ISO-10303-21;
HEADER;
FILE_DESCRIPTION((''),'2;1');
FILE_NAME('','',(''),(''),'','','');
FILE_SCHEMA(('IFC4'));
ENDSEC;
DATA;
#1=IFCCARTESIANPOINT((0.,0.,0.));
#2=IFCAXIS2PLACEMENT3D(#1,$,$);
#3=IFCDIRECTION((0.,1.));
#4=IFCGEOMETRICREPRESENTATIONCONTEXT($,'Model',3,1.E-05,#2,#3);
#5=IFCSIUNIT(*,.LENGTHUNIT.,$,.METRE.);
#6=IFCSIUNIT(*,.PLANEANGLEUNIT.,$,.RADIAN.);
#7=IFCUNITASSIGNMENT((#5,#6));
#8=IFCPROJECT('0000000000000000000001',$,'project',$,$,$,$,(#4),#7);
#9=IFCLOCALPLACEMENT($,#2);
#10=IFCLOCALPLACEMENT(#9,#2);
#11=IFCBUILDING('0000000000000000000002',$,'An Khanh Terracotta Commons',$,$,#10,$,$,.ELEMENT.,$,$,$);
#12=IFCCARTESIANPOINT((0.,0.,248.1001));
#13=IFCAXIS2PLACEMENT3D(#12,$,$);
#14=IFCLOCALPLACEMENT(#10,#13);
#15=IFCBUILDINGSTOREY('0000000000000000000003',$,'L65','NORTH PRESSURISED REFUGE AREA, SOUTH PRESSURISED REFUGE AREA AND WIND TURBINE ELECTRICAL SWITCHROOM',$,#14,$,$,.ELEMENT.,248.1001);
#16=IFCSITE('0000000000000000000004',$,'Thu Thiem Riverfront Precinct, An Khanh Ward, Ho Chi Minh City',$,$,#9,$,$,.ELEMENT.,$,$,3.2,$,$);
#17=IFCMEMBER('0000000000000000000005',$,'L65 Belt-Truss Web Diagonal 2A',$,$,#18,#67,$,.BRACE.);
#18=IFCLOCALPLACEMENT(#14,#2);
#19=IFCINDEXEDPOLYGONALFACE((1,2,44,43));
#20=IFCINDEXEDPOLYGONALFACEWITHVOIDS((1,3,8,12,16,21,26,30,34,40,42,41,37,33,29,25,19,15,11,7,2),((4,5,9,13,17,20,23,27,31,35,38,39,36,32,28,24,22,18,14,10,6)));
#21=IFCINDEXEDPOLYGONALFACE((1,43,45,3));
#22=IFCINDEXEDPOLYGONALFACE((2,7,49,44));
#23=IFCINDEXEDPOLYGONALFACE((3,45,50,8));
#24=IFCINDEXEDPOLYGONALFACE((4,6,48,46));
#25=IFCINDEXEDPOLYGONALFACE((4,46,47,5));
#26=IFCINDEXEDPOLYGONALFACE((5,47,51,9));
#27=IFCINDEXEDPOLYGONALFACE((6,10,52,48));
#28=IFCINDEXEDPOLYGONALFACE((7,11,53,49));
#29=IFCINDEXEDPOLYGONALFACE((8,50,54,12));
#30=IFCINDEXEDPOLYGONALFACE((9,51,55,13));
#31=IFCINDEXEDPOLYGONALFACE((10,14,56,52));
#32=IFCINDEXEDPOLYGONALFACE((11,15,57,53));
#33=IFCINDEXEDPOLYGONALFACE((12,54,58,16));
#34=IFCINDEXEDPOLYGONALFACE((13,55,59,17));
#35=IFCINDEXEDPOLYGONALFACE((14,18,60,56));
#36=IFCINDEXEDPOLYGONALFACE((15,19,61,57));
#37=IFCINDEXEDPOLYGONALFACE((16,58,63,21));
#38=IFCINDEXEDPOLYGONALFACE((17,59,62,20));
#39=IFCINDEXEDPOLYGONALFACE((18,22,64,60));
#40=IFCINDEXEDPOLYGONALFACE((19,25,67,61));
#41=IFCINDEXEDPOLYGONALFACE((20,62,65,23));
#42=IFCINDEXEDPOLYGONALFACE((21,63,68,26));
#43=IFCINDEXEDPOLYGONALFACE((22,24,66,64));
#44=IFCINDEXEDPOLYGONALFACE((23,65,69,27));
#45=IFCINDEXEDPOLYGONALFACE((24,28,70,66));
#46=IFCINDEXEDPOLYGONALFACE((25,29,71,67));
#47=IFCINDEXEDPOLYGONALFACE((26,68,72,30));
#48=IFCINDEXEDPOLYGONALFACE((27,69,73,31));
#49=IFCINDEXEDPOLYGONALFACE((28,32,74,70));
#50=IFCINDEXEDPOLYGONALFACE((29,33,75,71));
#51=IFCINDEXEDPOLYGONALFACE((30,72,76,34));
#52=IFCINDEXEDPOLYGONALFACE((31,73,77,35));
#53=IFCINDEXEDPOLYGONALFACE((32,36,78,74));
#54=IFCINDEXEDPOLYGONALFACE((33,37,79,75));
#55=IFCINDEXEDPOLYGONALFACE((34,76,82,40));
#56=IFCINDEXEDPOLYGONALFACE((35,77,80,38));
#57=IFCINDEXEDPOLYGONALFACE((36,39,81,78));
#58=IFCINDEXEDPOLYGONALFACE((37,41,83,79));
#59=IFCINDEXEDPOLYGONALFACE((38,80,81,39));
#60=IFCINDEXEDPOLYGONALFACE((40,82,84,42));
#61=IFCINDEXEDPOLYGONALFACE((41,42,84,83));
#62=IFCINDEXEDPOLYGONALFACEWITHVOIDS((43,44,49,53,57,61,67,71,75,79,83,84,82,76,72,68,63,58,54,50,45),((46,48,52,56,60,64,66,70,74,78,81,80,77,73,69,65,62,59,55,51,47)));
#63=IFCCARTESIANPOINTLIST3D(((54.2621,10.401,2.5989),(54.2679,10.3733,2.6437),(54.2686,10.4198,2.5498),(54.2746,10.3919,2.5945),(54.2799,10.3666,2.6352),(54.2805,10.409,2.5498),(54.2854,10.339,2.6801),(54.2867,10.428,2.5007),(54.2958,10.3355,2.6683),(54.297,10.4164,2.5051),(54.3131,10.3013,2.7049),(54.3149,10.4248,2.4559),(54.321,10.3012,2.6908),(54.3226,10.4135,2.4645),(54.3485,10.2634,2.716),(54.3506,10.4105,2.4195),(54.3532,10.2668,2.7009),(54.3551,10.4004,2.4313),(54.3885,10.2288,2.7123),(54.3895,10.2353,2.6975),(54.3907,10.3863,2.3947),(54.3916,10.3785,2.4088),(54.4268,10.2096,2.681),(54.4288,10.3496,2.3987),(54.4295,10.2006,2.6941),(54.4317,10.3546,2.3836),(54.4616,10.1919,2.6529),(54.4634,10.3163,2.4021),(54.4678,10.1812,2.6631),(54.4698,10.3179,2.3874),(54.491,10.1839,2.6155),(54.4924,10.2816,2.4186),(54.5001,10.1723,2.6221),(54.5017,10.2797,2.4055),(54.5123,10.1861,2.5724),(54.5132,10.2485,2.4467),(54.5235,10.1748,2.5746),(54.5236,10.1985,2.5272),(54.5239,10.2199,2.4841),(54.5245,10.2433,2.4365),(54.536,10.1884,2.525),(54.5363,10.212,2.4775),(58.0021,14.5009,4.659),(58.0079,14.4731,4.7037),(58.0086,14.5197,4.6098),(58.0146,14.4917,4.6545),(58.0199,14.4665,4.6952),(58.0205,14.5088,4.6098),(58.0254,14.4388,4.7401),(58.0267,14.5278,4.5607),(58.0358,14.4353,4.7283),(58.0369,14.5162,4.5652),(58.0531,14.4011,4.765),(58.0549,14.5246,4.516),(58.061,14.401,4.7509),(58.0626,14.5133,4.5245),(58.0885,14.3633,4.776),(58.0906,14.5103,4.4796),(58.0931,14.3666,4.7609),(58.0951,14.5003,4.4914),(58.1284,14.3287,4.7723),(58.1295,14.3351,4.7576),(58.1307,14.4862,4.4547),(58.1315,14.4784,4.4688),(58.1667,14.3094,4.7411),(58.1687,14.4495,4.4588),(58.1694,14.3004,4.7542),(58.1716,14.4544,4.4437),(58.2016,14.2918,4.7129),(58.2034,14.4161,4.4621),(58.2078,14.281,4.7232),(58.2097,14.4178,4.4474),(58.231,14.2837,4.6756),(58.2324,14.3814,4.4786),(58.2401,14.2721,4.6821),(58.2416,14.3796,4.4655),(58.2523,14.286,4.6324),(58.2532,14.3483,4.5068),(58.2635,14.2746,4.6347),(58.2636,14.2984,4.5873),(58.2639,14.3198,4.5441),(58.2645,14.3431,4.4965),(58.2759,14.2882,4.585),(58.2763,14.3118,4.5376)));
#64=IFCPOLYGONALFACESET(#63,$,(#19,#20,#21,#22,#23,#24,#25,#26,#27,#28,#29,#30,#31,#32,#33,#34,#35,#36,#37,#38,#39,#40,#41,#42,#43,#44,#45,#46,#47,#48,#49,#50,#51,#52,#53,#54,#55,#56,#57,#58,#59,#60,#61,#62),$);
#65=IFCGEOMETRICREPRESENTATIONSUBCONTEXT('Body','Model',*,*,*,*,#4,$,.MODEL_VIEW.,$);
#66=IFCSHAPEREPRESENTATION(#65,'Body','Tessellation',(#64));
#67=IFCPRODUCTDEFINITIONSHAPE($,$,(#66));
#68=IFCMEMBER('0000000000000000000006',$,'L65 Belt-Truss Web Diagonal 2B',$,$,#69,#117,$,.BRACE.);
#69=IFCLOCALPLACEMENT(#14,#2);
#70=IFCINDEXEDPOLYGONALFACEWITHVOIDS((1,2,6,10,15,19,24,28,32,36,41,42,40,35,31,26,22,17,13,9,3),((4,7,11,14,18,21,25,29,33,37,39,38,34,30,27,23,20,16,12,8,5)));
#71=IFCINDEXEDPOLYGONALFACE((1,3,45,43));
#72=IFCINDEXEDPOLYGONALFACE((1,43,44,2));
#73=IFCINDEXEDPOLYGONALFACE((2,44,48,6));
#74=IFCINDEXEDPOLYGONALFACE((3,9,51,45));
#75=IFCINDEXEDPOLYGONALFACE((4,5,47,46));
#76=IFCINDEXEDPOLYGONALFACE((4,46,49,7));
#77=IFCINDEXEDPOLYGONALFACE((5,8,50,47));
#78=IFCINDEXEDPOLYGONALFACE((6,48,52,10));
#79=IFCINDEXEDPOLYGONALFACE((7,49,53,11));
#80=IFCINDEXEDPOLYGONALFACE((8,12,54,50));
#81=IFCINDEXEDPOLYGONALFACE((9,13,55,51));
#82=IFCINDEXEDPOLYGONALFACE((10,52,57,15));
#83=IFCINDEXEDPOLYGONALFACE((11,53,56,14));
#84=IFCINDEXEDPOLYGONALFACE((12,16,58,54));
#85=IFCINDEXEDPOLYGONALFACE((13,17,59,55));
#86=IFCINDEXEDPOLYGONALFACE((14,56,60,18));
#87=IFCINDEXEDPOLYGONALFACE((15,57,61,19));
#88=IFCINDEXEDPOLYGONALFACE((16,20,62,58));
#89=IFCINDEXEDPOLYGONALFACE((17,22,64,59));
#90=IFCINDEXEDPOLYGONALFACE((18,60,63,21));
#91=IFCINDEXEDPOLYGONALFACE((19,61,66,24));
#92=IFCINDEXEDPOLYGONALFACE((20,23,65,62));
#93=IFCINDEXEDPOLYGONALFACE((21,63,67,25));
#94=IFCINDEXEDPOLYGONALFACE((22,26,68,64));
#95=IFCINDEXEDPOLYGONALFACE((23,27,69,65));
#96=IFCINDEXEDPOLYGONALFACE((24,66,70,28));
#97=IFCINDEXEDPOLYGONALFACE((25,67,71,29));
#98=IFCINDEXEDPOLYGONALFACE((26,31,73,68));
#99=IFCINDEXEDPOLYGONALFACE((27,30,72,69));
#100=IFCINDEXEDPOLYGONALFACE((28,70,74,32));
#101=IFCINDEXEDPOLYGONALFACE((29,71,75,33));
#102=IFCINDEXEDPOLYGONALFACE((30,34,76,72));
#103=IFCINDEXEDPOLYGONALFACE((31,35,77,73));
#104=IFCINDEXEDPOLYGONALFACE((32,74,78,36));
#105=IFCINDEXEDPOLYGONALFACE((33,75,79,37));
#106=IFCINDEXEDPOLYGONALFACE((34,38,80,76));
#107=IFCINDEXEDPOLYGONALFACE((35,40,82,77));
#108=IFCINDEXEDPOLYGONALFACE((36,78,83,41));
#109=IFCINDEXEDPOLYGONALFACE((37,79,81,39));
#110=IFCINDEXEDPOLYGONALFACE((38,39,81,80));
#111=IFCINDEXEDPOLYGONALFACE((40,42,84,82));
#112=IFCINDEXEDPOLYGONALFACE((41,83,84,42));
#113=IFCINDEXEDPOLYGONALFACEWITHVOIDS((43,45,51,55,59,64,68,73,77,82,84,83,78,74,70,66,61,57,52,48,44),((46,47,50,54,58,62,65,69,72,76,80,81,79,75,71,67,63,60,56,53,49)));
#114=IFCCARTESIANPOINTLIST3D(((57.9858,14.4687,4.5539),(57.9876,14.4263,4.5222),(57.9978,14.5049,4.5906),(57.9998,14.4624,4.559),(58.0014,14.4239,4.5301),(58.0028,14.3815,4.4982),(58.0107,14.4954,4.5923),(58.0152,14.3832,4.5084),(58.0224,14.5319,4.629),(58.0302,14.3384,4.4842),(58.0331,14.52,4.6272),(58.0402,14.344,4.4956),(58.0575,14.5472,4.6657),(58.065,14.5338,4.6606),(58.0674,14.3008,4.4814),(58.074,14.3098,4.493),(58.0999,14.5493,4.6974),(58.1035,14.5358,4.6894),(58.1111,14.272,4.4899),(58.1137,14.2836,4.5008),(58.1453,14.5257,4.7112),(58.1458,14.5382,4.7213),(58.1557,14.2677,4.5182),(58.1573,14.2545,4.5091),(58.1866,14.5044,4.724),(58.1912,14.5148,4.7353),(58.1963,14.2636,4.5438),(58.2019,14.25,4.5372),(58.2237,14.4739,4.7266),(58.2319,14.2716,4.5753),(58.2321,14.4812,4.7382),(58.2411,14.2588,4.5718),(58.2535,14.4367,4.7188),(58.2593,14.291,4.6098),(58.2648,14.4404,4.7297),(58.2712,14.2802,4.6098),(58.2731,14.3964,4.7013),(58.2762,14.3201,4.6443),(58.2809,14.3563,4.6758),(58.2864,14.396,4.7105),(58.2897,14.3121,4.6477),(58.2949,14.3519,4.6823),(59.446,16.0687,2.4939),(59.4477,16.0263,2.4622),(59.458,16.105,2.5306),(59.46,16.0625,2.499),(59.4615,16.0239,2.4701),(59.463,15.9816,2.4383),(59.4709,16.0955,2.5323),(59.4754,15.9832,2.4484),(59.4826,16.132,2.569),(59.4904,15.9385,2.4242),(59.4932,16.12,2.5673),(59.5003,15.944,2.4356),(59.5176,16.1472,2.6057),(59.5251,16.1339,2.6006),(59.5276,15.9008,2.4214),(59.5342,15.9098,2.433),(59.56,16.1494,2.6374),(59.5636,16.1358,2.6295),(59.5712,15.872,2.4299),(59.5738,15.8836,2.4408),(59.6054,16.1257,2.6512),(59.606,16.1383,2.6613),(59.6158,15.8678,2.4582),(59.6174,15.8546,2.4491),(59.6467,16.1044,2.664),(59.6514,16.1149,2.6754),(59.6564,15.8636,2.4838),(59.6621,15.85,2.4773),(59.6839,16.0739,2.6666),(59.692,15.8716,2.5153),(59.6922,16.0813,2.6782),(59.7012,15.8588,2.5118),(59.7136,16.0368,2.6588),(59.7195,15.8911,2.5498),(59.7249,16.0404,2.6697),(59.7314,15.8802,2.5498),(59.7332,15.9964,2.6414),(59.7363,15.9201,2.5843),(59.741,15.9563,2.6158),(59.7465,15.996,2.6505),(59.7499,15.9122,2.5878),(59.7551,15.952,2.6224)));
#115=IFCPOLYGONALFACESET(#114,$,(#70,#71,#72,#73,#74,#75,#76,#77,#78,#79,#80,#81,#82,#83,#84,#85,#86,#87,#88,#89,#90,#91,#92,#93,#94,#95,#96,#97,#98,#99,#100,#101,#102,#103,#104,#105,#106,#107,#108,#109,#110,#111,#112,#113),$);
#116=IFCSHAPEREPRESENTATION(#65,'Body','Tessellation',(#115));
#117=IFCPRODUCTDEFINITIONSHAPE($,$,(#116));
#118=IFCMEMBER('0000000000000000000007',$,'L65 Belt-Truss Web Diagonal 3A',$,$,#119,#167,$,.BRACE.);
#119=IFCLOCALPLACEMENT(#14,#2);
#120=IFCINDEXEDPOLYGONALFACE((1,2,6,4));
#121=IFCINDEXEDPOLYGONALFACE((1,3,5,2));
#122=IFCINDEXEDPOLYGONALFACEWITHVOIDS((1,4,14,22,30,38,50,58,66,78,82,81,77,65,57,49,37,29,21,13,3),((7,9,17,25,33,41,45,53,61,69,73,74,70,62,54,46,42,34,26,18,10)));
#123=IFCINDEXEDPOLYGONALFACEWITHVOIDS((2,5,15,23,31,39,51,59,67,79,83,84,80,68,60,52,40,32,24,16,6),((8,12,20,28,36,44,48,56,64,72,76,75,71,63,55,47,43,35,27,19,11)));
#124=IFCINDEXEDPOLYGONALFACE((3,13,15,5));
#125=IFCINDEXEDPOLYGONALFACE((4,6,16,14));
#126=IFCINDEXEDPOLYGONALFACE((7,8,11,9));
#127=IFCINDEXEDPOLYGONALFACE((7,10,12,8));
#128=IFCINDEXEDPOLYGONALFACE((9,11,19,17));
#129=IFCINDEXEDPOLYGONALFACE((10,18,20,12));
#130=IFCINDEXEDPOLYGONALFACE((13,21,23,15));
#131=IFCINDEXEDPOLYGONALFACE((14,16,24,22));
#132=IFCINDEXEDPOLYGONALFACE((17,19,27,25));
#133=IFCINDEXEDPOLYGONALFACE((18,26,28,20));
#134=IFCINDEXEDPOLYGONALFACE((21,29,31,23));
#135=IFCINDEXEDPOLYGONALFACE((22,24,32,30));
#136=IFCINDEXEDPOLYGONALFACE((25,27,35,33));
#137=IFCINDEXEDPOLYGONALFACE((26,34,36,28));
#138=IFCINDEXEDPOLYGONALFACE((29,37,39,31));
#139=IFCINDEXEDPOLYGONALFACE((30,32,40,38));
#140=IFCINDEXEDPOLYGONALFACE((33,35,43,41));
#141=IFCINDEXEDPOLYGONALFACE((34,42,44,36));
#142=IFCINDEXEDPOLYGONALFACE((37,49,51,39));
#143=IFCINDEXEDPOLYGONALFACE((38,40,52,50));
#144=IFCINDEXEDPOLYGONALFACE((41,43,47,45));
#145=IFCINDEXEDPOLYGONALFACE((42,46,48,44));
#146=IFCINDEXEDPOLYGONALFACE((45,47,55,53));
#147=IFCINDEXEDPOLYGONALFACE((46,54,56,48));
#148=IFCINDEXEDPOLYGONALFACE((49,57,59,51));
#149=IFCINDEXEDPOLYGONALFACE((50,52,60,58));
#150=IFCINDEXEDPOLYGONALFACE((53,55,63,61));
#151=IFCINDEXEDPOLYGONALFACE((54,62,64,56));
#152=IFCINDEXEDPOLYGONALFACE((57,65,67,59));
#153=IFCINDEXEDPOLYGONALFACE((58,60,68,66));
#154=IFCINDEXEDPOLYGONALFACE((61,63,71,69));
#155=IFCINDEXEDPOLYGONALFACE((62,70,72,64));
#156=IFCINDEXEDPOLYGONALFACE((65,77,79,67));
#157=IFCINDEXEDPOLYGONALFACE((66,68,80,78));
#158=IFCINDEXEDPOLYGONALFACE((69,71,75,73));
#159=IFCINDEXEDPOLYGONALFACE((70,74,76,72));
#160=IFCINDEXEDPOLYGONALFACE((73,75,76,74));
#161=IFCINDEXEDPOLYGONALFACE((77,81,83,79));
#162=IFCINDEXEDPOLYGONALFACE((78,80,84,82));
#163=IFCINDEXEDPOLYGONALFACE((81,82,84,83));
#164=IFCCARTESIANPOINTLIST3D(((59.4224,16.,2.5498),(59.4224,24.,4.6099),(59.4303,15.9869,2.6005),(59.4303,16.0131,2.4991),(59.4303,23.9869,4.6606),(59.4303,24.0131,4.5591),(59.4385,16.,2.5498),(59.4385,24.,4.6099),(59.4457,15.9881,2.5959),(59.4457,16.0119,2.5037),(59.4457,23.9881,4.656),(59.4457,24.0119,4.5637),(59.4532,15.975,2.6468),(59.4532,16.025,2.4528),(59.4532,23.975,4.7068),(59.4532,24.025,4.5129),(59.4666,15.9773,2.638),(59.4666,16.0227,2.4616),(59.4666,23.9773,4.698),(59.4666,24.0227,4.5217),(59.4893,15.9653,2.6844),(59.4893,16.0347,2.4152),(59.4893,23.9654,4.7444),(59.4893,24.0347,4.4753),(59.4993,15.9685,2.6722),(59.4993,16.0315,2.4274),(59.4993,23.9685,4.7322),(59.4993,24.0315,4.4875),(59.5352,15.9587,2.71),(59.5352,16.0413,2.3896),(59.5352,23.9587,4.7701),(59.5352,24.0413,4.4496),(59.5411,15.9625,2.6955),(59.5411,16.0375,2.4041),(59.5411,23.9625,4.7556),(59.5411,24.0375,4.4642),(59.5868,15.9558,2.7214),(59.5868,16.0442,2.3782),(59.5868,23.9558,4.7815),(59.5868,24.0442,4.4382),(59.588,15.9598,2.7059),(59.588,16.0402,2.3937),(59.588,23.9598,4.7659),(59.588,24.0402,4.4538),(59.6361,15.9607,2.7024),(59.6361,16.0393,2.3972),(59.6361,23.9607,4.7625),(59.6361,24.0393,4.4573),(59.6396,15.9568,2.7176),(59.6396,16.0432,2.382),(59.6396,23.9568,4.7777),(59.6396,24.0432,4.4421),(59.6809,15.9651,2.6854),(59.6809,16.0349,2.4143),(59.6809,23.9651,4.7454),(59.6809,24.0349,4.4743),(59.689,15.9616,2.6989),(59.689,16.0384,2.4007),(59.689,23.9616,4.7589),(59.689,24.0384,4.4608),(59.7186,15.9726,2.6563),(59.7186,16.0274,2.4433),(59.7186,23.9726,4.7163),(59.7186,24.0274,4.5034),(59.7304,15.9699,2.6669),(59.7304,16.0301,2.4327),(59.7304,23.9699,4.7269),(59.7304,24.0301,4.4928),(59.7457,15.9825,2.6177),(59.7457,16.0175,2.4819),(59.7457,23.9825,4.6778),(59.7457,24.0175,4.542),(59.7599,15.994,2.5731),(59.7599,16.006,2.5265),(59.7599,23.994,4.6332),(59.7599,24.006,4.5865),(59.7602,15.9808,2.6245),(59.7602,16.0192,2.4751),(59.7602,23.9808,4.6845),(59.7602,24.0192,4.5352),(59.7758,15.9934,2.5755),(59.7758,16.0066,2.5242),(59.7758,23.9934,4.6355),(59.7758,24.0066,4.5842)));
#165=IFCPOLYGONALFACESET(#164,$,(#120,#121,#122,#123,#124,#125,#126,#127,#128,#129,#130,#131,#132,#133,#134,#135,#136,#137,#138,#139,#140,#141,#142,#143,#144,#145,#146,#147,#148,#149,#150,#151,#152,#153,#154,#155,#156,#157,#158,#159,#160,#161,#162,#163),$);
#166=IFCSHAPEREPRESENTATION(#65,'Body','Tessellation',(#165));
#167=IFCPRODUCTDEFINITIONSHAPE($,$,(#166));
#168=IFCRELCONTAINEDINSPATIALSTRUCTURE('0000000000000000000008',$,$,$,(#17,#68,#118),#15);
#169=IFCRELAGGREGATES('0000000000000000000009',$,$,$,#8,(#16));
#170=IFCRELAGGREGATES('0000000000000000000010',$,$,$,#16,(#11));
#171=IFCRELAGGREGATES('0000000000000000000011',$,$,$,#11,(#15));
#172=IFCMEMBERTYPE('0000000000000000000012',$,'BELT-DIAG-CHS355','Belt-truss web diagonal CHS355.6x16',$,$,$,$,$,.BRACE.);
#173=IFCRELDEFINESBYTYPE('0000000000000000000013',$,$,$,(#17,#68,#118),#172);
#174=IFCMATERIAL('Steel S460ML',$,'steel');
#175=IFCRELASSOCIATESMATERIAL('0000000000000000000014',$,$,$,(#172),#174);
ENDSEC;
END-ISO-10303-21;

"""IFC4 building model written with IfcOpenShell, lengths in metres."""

from ifc_helpers import new_model, si_unit, direction, frame, origin, origin_2d, place, context, subcontext, project, spatial, hollow_circle, extrude, material, material_profile, profile_set, type_object, element, save


model = new_model("IFC4")

# Units and contexts
model_context = context("Model", 3, precision=1e-05, world=origin(), true_north=direction((0.0, 1.0)))
body_context = subcontext(model_context, "Body", "Model", "MODEL_VIEW")
ifc_project = project(units=[si_unit("LENGTHUNIT", "METRE"), si_unit("PLANEANGLEUNIT", "RADIAN")], contexts=[model_context])

# Site, building, storey
site_placement = place(None, origin())
site = spatial("IfcSite", under=ifc_project, at=site_placement, Name="Thu Thiem Riverfront Precinct, An Khanh Ward, Ho Chi Minh City", CompositionType="ELEMENT", RefElevation=3.2)
building_placement = place(site_placement, origin())
building = spatial("IfcBuilding", under=site, at=building_placement, Name="An Khanh Terracotta Commons", CompositionType="ELEMENT")
storey_placement = place(building_placement, frame((0.0, 0.0, 248.1001)))
storey = spatial("IfcBuildingStorey", under=building, at=storey_placement, Name="L65", Description="NORTH PRESSURISED REFUGE AREA, SOUTH PRESSURISED REFUGE AREA AND WIND TURBINE ELECTRICAL SWITCHROOM", CompositionType="ELEMENT", Elevation=248.1001)

# Shared definitions
ifc_material_1 = material(Name="Steel S460ML", Category="steel")

# Members
ifc_material_profile_1 = material_profile(ifc_material_1, hollow_circle(Radius=0.1777, WallThickness=0.0161, at=origin_2d()), Name="CHS355.6x16")
ifc_profile_set_1 = profile_set([ifc_material_profile_1], Name="Steel S460ML")
member_type_1 = type_object("IfcMemberType", Name="BELT-DIAG-CHS355", Description="Belt-truss web diagonal CHS355.6x16", PredefinedType="BRACE", material=ifc_profile_set_1)
member_1_placement = place(storey_placement, frame((54.3999, 10.3, 2.5498), z_axis=(0.631811, 0.692604, 0.348014), x_axis=(-0.738786, 0.67394, 0.0)))
element("IfcMember", 1, at=member_1_placement, inside=storey, type_object=member_type_1, Name="L65 Belt-Truss Web Diagonal 2A", PredefinedType="BRACE", context=body_context, shape_type="SweptSolid", body=[
    extrude(hollow_circle(Radius=0.1777, WallThickness=0.0161, at=origin_2d()), origin(), (0.0, 0.0, 1.0), 5.9194),
])
member_2_placement = place(storey_placement, frame((59.6001, 16.0, 2.5498), z_axis=(-0.488465, -0.535262, 0.689127), x_axis=(0.738659, -0.67408, 0.0)))
element("IfcMember", 2, at=member_2_placement, inside=storey, type_object=member_type_1, Name="L65 Belt-Truss Web Diagonal 2B", PredefinedType="BRACE", context=body_context, shape_type="SweptSolid", body=[
    extrude(hollow_circle(Radius=0.1777, WallThickness=0.0161, at=origin_2d()), origin(), (0.0, 0.0, 1.0), 2.9893),
])
member_3_placement = place(storey_placement, frame((59.6001, 16.0, 2.5498), z_axis=(0.0, 0.968408, 0.249372), x_axis=(-1.0, 0.0, 0.0)))
element("IfcMember", 3, at=member_3_placement, inside=storey, type_object=member_type_1, Name="L65 Belt-Truss Web Diagonal 3A", PredefinedType="BRACE", context=body_context, shape_type="SweptSolid", body=[
    extrude(hollow_circle(Radius=0.1777, WallThickness=0.0161, at=origin_2d()), origin(), (0.0, 0.0, 1.0), 8.261),
])

save(model, "model.ifc")
